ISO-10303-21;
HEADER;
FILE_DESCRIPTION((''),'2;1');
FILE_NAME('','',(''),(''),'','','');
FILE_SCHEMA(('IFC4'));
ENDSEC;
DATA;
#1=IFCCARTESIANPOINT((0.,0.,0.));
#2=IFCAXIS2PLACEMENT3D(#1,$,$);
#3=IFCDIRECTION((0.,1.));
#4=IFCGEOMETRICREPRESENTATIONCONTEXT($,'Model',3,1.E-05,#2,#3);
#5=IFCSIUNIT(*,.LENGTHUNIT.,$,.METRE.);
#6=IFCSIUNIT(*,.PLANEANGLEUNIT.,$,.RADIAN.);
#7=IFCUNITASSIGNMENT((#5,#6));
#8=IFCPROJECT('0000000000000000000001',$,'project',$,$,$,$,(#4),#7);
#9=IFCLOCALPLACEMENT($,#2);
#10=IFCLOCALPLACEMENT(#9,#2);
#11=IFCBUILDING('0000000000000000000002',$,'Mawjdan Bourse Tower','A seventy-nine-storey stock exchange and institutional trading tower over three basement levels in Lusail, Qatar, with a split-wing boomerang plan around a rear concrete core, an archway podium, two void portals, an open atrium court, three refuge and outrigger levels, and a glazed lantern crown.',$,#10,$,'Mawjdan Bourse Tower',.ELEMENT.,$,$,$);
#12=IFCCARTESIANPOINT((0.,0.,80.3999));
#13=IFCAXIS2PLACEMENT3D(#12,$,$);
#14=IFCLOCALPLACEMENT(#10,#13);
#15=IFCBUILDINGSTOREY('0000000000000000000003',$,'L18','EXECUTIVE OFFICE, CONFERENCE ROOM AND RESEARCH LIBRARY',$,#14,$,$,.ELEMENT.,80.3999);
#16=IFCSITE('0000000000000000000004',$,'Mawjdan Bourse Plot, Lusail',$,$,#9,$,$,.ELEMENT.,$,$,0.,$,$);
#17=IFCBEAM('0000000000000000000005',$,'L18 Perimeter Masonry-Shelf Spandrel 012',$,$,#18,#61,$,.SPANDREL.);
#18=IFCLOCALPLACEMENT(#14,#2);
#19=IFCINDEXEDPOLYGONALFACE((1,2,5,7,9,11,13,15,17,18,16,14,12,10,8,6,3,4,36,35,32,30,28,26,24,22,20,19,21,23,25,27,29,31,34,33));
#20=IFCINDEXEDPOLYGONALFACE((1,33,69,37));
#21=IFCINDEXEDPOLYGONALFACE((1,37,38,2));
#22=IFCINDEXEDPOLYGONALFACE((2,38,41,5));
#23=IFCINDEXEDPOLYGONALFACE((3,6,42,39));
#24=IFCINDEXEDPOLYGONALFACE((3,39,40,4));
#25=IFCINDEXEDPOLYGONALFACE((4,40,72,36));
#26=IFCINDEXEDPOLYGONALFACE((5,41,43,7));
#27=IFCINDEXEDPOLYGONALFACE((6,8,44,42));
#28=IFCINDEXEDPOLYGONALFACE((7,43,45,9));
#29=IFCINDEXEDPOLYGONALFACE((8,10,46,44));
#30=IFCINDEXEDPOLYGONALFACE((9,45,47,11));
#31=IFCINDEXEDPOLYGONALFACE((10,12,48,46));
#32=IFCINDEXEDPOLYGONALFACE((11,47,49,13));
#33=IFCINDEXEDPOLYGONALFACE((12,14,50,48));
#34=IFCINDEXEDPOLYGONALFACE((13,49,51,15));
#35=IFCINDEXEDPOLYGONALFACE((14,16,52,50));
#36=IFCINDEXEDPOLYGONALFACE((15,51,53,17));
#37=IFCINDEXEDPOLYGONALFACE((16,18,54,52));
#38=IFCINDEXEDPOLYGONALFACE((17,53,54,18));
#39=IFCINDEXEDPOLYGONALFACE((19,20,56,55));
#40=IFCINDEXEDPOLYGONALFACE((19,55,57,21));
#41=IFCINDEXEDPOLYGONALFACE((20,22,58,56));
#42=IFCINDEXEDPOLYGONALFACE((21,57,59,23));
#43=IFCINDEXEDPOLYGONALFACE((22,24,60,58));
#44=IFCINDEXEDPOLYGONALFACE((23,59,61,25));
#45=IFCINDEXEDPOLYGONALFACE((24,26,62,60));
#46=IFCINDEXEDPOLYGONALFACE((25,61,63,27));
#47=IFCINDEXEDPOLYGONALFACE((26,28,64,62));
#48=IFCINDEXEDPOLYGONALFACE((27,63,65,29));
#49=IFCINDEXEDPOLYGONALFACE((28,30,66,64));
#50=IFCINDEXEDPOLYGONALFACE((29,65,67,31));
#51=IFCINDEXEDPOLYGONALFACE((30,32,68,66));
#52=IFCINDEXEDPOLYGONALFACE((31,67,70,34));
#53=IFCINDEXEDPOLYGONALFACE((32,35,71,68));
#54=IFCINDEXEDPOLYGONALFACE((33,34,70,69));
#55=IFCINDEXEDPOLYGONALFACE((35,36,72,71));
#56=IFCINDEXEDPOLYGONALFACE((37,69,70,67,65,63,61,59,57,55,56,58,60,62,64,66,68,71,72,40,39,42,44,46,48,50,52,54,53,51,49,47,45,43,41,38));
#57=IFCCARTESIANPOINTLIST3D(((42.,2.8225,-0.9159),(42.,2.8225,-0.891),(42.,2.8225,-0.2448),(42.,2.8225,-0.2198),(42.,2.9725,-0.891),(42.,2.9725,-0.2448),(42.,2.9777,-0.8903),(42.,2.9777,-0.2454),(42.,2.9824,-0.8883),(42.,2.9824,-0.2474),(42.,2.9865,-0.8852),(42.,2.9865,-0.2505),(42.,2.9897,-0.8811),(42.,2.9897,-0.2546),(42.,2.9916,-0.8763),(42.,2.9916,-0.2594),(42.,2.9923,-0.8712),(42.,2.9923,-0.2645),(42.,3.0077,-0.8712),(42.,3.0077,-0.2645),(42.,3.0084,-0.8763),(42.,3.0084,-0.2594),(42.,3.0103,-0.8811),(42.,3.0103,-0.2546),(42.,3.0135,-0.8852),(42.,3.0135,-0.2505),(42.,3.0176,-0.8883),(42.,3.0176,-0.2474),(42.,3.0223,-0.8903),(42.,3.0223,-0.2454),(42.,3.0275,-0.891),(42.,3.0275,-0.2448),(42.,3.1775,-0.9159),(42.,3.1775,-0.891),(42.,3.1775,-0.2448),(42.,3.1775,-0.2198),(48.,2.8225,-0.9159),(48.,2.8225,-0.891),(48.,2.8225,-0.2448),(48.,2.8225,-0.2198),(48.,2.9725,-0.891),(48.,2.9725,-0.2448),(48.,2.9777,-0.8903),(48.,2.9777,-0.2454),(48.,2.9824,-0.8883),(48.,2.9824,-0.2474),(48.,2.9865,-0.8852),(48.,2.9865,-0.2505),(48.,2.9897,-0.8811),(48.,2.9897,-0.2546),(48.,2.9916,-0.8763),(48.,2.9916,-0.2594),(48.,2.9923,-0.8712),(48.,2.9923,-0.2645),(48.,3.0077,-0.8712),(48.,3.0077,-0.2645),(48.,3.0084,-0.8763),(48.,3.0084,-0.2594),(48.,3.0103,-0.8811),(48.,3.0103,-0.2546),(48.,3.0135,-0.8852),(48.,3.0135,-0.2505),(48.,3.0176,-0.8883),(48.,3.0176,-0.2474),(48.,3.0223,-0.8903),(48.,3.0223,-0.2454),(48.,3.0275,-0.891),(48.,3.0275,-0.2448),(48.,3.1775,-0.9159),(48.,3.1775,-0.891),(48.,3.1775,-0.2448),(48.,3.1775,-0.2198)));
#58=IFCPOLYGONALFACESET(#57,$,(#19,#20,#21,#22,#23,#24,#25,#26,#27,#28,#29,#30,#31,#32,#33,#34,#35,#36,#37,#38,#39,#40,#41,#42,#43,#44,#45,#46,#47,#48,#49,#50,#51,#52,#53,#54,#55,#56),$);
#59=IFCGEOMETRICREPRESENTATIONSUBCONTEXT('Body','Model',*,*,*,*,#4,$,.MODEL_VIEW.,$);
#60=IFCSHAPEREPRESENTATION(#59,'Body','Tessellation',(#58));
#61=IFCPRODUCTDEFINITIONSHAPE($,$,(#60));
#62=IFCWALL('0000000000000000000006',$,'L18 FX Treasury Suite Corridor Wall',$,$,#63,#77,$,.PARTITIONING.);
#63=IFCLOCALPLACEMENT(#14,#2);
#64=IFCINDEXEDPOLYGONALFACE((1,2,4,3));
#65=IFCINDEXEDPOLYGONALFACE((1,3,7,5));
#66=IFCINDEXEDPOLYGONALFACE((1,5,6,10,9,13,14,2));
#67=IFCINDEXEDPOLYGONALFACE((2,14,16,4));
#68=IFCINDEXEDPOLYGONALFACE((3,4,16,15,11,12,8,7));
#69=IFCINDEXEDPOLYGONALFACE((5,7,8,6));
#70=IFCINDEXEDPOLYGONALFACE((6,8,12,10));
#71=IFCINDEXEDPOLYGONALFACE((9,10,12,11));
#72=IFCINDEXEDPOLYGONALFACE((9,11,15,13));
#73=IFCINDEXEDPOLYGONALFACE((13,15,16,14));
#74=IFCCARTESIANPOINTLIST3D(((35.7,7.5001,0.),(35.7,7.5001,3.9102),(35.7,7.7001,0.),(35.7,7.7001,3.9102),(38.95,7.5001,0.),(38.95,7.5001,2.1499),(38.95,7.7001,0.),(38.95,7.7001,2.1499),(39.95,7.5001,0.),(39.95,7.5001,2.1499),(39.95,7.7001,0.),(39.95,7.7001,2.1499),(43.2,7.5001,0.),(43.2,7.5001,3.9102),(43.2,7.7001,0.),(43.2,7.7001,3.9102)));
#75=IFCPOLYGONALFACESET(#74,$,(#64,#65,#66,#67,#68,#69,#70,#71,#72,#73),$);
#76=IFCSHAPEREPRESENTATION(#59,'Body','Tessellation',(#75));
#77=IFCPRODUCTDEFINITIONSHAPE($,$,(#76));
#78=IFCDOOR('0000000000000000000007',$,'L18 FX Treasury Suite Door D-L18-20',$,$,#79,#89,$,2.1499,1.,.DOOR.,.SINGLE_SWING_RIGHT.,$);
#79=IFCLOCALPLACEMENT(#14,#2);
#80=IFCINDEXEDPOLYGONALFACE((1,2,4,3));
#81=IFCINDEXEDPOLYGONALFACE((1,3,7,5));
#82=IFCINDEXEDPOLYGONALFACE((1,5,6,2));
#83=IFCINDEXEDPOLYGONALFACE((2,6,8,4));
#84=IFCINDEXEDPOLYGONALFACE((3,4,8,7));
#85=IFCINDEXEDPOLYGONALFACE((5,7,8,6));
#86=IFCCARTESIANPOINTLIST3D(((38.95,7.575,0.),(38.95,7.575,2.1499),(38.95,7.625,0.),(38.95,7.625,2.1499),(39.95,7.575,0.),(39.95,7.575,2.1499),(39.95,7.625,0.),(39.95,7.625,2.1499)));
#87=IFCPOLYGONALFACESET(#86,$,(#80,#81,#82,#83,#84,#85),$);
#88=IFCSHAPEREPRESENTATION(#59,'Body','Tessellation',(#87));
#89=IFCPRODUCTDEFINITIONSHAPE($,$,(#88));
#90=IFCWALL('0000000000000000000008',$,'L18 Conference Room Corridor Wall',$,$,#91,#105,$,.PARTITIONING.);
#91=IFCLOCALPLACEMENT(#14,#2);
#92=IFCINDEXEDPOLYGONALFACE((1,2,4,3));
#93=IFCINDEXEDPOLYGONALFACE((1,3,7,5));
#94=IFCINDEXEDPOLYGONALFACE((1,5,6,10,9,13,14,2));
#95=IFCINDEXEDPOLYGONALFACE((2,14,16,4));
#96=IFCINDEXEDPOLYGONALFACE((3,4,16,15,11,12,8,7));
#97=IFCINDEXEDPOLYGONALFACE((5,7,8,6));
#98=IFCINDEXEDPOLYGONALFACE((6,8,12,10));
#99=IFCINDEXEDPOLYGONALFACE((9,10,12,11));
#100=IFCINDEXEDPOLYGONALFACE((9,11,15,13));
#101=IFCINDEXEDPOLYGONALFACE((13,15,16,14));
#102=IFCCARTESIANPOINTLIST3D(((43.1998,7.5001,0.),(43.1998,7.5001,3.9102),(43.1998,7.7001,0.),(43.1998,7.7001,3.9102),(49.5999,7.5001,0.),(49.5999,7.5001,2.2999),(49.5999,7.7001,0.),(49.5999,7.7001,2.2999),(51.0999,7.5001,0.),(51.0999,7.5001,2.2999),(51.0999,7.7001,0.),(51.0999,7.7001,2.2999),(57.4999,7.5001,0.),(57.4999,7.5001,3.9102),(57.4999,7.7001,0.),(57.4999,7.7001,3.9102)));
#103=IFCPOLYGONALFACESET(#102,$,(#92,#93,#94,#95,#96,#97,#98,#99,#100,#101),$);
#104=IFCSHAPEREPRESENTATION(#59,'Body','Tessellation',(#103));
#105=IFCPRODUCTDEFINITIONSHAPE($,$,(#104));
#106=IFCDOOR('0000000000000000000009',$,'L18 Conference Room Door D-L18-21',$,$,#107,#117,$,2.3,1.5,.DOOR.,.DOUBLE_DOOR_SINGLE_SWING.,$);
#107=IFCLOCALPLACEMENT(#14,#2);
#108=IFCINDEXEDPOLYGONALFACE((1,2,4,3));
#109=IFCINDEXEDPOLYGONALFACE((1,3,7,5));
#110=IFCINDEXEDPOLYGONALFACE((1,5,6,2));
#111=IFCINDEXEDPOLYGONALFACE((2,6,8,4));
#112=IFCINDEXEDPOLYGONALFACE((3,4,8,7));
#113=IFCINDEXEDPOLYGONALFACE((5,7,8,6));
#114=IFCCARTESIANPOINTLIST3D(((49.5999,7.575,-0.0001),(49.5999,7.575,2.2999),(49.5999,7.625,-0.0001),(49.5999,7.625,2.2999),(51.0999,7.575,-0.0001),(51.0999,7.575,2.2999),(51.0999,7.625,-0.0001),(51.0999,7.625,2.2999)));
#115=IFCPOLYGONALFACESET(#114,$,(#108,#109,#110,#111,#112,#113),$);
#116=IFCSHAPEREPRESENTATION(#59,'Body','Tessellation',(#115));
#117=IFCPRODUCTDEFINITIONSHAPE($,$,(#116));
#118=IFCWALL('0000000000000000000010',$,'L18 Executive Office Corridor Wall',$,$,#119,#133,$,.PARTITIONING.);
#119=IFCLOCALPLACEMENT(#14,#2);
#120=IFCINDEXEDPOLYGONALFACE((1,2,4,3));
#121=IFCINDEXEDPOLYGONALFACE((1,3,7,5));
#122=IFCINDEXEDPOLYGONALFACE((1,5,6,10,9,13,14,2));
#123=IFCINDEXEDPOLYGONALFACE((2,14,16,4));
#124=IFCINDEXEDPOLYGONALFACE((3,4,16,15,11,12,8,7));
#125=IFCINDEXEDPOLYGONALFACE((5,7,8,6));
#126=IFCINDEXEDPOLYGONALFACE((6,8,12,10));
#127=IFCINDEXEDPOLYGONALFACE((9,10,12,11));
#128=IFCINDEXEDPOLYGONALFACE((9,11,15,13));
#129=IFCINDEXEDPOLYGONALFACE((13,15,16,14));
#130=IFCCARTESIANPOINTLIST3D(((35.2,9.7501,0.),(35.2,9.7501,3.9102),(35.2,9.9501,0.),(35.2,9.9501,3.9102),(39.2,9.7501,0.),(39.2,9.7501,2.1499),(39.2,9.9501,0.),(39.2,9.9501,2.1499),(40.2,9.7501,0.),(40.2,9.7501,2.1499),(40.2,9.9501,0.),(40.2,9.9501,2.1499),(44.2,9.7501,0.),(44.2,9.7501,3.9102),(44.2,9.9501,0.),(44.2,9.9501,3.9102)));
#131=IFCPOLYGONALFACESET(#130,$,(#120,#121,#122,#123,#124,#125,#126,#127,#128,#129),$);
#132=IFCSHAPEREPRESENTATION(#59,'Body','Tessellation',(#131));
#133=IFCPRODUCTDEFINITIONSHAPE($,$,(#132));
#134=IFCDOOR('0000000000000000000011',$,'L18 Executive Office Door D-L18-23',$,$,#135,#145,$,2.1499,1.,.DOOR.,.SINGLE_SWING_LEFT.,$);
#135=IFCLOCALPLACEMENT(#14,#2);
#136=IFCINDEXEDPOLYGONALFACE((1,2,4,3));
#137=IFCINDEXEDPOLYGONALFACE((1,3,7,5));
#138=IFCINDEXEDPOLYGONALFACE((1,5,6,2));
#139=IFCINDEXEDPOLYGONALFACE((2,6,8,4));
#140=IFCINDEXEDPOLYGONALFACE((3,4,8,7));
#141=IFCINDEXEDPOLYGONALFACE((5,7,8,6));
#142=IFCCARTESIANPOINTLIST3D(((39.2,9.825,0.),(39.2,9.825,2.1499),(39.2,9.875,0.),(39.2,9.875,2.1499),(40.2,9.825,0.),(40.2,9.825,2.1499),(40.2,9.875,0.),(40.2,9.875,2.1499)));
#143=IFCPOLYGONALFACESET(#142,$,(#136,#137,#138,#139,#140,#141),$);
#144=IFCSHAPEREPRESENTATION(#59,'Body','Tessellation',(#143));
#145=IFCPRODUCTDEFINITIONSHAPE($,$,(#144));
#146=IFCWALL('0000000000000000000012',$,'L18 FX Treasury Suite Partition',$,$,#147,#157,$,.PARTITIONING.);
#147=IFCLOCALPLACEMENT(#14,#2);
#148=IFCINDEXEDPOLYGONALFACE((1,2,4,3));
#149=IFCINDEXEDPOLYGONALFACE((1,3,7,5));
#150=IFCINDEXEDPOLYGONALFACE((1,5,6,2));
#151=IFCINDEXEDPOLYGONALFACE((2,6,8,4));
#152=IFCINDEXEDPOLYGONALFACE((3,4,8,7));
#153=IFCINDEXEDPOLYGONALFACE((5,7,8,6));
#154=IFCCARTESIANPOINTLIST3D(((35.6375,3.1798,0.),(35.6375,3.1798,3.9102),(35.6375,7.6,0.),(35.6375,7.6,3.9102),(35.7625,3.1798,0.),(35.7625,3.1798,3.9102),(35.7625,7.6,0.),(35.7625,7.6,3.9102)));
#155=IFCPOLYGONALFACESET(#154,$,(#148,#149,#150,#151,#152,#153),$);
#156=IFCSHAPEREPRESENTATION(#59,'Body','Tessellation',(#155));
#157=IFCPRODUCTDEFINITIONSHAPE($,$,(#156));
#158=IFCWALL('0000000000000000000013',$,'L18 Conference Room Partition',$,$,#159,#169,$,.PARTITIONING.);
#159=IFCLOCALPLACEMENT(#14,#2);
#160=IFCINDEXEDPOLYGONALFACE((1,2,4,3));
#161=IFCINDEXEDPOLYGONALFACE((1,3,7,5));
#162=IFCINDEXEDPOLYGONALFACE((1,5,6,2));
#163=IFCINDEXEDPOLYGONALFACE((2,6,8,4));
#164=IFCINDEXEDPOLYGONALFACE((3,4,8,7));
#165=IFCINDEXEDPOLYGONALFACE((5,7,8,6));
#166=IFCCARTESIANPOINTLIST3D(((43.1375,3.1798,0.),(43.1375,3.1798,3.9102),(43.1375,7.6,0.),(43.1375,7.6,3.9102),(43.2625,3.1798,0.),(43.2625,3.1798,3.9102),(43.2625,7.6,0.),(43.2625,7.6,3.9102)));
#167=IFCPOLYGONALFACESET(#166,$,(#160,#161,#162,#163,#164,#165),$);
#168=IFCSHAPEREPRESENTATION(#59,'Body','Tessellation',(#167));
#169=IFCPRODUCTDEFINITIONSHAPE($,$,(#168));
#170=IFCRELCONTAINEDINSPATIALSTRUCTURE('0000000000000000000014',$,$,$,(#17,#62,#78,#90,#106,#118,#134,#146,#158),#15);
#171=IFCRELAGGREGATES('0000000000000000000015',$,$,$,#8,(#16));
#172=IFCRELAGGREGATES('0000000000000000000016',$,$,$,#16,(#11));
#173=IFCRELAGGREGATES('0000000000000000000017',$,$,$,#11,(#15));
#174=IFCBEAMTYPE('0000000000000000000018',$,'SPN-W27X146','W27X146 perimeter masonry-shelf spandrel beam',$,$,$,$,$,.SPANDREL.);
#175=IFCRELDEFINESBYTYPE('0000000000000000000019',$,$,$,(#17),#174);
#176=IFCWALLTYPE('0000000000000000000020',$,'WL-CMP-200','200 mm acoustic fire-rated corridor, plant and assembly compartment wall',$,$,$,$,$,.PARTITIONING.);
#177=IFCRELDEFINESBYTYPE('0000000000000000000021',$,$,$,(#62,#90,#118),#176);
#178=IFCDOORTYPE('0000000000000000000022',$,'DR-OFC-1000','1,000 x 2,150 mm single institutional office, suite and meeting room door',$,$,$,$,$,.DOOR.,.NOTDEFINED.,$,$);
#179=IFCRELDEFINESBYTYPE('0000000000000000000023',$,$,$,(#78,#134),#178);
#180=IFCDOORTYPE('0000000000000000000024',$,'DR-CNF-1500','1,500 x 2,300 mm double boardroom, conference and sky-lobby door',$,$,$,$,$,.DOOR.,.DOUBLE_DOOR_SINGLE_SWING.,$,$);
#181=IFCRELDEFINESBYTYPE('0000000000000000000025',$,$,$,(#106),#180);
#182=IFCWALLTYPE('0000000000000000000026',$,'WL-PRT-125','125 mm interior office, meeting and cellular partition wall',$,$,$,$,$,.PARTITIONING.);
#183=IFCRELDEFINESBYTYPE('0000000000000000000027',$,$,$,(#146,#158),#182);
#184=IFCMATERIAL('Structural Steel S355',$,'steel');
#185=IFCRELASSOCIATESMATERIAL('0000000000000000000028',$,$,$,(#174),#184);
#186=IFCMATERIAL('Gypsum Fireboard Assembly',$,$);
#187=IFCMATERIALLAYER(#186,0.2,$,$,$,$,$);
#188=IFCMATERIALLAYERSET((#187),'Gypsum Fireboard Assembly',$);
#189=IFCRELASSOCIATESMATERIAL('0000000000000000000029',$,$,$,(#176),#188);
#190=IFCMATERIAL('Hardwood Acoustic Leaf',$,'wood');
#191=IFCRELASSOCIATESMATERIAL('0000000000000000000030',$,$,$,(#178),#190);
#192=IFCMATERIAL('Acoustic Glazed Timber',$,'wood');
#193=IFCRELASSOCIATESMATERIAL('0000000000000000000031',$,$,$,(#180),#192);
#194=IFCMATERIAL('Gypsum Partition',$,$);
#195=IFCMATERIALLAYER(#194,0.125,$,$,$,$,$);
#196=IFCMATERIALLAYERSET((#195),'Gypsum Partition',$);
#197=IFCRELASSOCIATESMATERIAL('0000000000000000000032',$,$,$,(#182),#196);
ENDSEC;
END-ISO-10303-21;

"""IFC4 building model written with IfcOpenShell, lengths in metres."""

from ifc_helpers import new_model, si_unit, direction, frame, frame_2d, origin, origin_2d, place, context, subcontext, project, spatial, rectangle, i_section, extrude, material, layer, layer_set, material_profile, profile_set, type_object, element, fill, save


model = new_model("IFC4")

# Units and contexts
model_context = context("Model", 3, precision=1e-05, world=origin(), true_north=direction((0.0, 1.0)))
body_context = subcontext(model_context, "Body", "Model", "MODEL_VIEW")
ifc_project = project(units=[si_unit("LENGTHUNIT", "METRE"), si_unit("PLANEANGLEUNIT", "RADIAN")], contexts=[model_context])

# Site, building, storey
site_placement = place(None, origin())
site = spatial("IfcSite", under=ifc_project, at=site_placement, Name="Mawjdan Bourse Plot, Lusail", CompositionType="ELEMENT", RefElevation=0.0)
building_placement = place(site_placement, origin())
building = spatial("IfcBuilding", under=site, at=building_placement, Name="Mawjdan Bourse Tower", Description="A seventy-nine-storey stock exchange and institutional trading tower over three basement levels in Lusail, Qatar, with a split-wing boomerang plan around a rear concrete core, an archway podium, two void portals, an open atrium court, three refuge and outrigger levels, and a glazed lantern crown.", LongName="Mawjdan Bourse Tower", CompositionType="ELEMENT")
storey_placement = place(building_placement, frame((0.0, 0.0, 80.3999)))
storey = spatial("IfcBuildingStorey", under=building, at=storey_placement, Name="L18", Description="EXECUTIVE OFFICE, CONFERENCE ROOM AND RESEARCH LIBRARY", CompositionType="ELEMENT", Elevation=80.3999)

# Beam
ifc_material_1 = material(Name="Structural Steel S355", Category="steel")
ifc_material_profile_1 = material_profile(ifc_material_1, i_section(OverallWidth=0.355, OverallDepth=0.696, WebThickness=0.0154, FlangeThickness=0.0249, FilletRadius=0.0198, at=origin_2d()), Name="W27X146")
ifc_profile_set_1 = profile_set([ifc_material_profile_1], Name="Structural Steel S355")
beam_type_1 = type_object("IfcBeamType", Name="SPN-W27X146", Description="W27X146 perimeter masonry-shelf spandrel beam", PredefinedType="SPANDREL", material=ifc_profile_set_1)
beam_1_placement = place(storey_placement, frame((42.0, 3.0, -0.5679), z_axis=(1.0, 0.0, 0.0), x_axis=(0.0, 1.0, 0.0)))
element("IfcBeam", 1, at=beam_1_placement, inside=storey, type_object=beam_type_1, Name="L18 Perimeter Masonry-Shelf Spandrel 012", PredefinedType="SPANDREL", context=body_context, shape_type="SweptSolid", body=[
    extrude(i_section(OverallWidth=0.355, OverallDepth=0.696, WebThickness=0.0154, FlangeThickness=0.0249, FilletRadius=0.0198, at=origin_2d()), origin(), (0.0, 0.0, 1.0), 6.0),
])

# Walls, openings, doors
ifc_material_2 = material(Name="Gypsum Fireboard Assembly")
ifc_layer_1 = layer(ifc_material_2, 0.2)
ifc_layer_set_1 = layer_set([ifc_layer_1], Name="Gypsum Fireboard Assembly")
wall_type_1 = type_object("IfcWallType", Name="WL-CMP-200", Description="200 mm acoustic fire-rated corridor, plant and assembly compartment wall", PredefinedType="PARTITIONING", material=ifc_layer_set_1)
wall_1_placement = place(storey_placement, frame((35.7, 7.6001, 0.0), z_axis=(0.0, 0.0, 1.0), x_axis=(1.0, 0.0, 0.0)))
wall_1 = element("IfcWall", 2, at=wall_1_placement, inside=storey, type_object=wall_type_1, Name="L18 FX Treasury Suite Corridor Wall", PredefinedType="PARTITIONING", context=body_context, shape_type="SweptSolid", body=[
    extrude(rectangle(XDim=7.5, YDim=0.2, at=frame_2d((3.75, 0.0))), origin(), (0.0, 0.0, 1.0), 3.9102),
])
opening_1_placement = place(wall_1_placement, frame((3.25, 0.0, 0.0)))
opening_1 = element("IfcOpeningElement", 3, at=opening_1_placement, cuts=wall_1, PredefinedType="OPENING", context=body_context, shape_type="SweptSolid", body=[
    extrude(rectangle(XDim=1.0, YDim=2.1499, at=frame_2d((0.5, 1.075))), frame((0.0, 0.1099, 0.0), z_axis=(0.0, -1.0, 0.0), x_axis=(1.0, 0.0, 0.0)), (0.0, 0.0, 1.0), 0.22),
])
ifc_material_3 = material(Name="Hardwood Acoustic Leaf", Category="wood")
door_type_1 = type_object("IfcDoorType", Name="DR-OFC-1000", Description="1,000 x 2,150 mm single institutional office, suite and meeting room door", OperationType="NOTDEFINED", PredefinedType="DOOR", material=ifc_material_3)
door_1_placement = place(opening_1_placement, origin())
door_1 = element("IfcDoor", 4, at=door_1_placement, inside=storey, type_object=door_type_1, Name="L18 FX Treasury Suite Door D-L18-20", OperationType="SINGLE_SWING_RIGHT", OverallHeight=2.1499, OverallWidth=1.0, PredefinedType="DOOR", context=body_context, shape_type="SweptSolid", body=[
    extrude(rectangle(XDim=1.0, YDim=2.1499, at=frame_2d((0.5, 1.075))), frame((0.0, 0.0249, 0.0), z_axis=(0.0, -1.0, 0.0), x_axis=(1.0, 0.0, 0.0)), (0.0, 0.0, 1.0), 0.05),
])
fill(opening_1, door_1)
wall_2_placement = place(storey_placement, frame((43.2, 7.6001, 0.0), z_axis=(0.0, 0.0, 1.0), x_axis=(1.0, 0.0, 0.0)))
wall_2 = element("IfcWall", 5, at=wall_2_placement, inside=storey, type_object=wall_type_1, Name="L18 Conference Room Corridor Wall", PredefinedType="PARTITIONING", context=body_context, shape_type="SweptSolid", body=[
    extrude(rectangle(XDim=14.3, YDim=0.2, at=frame_2d((7.1499, 0.0))), origin(), (0.0, 0.0, 1.0), 3.9102),
])
opening_2_placement = place(wall_2_placement, frame((6.3999, 0.0, 0.0)))
opening_2 = element("IfcOpeningElement", 6, at=opening_2_placement, cuts=wall_2, PredefinedType="OPENING", context=body_context, shape_type="SweptSolid", body=[
    extrude(rectangle(XDim=1.5, YDim=2.3, at=frame_2d((0.75, 1.1499))), frame((0.0, 0.1099, 0.0), z_axis=(0.0, -1.0, 0.0), x_axis=(1.0, 0.0, 0.0)), (0.0, 0.0, 1.0), 0.22),
])
ifc_material_4 = material(Name="Acoustic Glazed Timber", Category="wood")
door_type_2 = type_object("IfcDoorType", Name="DR-CNF-1500", Description="1,500 x 2,300 mm double boardroom, conference and sky-lobby door", OperationType="DOUBLE_DOOR_SINGLE_SWING", PredefinedType="DOOR", material=ifc_material_4)
door_2_placement = place(opening_2_placement, origin())
door_2 = element("IfcDoor", 7, at=door_2_placement, inside=storey, type_object=door_type_2, Name="L18 Conference Room Door D-L18-21", OperationType="DOUBLE_DOOR_SINGLE_SWING", OverallHeight=2.3, OverallWidth=1.5, PredefinedType="DOOR", context=body_context, shape_type="SweptSolid", body=[
    extrude(rectangle(XDim=1.5, YDim=2.3, at=frame_2d((0.75, 1.1499))), frame((0.0, 0.0249, 0.0), z_axis=(0.0, -1.0, 0.0), x_axis=(1.0, 0.0, 0.0)), (0.0, 0.0, 1.0), 0.05),
])
fill(opening_2, door_2)
wall_3_placement = place(storey_placement, frame((35.2, 9.8501, 0.0), z_axis=(0.0, 0.0, 1.0), x_axis=(1.0, 0.0, 0.0)))
wall_3 = element("IfcWall", 8, at=wall_3_placement, inside=storey, type_object=wall_type_1, Name="L18 Executive Office Corridor Wall", PredefinedType="PARTITIONING", context=body_context, shape_type="SweptSolid", body=[
    extrude(rectangle(XDim=9.0, YDim=0.2, at=frame_2d((4.5, 0.0))), origin(), (0.0, 0.0, 1.0), 3.9102),
])
opening_3_placement = place(wall_3_placement, frame((4.0, 0.0, 0.0)))
opening_3 = element("IfcOpeningElement", 9, at=opening_3_placement, cuts=wall_3, PredefinedType="OPENING", context=body_context, shape_type="SweptSolid", body=[
    extrude(rectangle(XDim=1.0, YDim=2.1499, at=frame_2d((0.5, 1.075))), frame((0.0, 0.1099, 0.0), z_axis=(0.0, -1.0, 0.0), x_axis=(1.0, 0.0, 0.0)), (0.0, 0.0, 1.0), 0.22),
])
door_3_placement = place(opening_3_placement, origin())
door_3 = element("IfcDoor", 10, at=door_3_placement, inside=storey, type_object=door_type_1, Name="L18 Executive Office Door D-L18-23", OperationType="SINGLE_SWING_LEFT", OverallHeight=2.1499, OverallWidth=1.0, PredefinedType="DOOR", context=body_context, shape_type="SweptSolid", body=[
    extrude(rectangle(XDim=1.0, YDim=2.1499, at=frame_2d((0.5, 1.075))), frame((0.0, 0.0249, 0.0), z_axis=(0.0, -1.0, 0.0), x_axis=(1.0, 0.0, 0.0)), (0.0, 0.0, 1.0), 0.05),
])
fill(opening_3, door_3)

# Walls
ifc_material_5 = material(Name="Gypsum Partition")
ifc_layer_2 = layer(ifc_material_5, 0.125)
ifc_layer_set_2 = layer_set([ifc_layer_2], Name="Gypsum Partition")
wall_type_2 = type_object("IfcWallType", Name="WL-PRT-125", Description="125 mm interior office, meeting and cellular partition wall", PredefinedType="PARTITIONING", material=ifc_layer_set_2)
for number, where, z_axis, x_axis, name in (
    (11, (35.7, 3.1799, 0.0), (0.0, 0.0, 1.0), (0.0, 1.0, 0.0), "L18 FX Treasury Suite Partition"),
    (12, (43.2, 3.1799, 0.0), (0.0, 0.0, 1.0), (0.0, 1.0, 0.0), "L18 Conference Room Partition"),
):
    element("IfcWall", number, at=place(storey_placement, frame(where, z_axis=z_axis, x_axis=x_axis)), inside=storey, type_object=wall_type_2, Name=name, PredefinedType="PARTITIONING", context=body_context, shape_type="SweptSolid", body=[
        extrude(rectangle(XDim=4.4202, YDim=0.125, at=frame_2d((2.21, 0.0))), origin(), (0.0, 0.0, 1.0), 3.9102),
    ])

save(model, "model.ifc")
